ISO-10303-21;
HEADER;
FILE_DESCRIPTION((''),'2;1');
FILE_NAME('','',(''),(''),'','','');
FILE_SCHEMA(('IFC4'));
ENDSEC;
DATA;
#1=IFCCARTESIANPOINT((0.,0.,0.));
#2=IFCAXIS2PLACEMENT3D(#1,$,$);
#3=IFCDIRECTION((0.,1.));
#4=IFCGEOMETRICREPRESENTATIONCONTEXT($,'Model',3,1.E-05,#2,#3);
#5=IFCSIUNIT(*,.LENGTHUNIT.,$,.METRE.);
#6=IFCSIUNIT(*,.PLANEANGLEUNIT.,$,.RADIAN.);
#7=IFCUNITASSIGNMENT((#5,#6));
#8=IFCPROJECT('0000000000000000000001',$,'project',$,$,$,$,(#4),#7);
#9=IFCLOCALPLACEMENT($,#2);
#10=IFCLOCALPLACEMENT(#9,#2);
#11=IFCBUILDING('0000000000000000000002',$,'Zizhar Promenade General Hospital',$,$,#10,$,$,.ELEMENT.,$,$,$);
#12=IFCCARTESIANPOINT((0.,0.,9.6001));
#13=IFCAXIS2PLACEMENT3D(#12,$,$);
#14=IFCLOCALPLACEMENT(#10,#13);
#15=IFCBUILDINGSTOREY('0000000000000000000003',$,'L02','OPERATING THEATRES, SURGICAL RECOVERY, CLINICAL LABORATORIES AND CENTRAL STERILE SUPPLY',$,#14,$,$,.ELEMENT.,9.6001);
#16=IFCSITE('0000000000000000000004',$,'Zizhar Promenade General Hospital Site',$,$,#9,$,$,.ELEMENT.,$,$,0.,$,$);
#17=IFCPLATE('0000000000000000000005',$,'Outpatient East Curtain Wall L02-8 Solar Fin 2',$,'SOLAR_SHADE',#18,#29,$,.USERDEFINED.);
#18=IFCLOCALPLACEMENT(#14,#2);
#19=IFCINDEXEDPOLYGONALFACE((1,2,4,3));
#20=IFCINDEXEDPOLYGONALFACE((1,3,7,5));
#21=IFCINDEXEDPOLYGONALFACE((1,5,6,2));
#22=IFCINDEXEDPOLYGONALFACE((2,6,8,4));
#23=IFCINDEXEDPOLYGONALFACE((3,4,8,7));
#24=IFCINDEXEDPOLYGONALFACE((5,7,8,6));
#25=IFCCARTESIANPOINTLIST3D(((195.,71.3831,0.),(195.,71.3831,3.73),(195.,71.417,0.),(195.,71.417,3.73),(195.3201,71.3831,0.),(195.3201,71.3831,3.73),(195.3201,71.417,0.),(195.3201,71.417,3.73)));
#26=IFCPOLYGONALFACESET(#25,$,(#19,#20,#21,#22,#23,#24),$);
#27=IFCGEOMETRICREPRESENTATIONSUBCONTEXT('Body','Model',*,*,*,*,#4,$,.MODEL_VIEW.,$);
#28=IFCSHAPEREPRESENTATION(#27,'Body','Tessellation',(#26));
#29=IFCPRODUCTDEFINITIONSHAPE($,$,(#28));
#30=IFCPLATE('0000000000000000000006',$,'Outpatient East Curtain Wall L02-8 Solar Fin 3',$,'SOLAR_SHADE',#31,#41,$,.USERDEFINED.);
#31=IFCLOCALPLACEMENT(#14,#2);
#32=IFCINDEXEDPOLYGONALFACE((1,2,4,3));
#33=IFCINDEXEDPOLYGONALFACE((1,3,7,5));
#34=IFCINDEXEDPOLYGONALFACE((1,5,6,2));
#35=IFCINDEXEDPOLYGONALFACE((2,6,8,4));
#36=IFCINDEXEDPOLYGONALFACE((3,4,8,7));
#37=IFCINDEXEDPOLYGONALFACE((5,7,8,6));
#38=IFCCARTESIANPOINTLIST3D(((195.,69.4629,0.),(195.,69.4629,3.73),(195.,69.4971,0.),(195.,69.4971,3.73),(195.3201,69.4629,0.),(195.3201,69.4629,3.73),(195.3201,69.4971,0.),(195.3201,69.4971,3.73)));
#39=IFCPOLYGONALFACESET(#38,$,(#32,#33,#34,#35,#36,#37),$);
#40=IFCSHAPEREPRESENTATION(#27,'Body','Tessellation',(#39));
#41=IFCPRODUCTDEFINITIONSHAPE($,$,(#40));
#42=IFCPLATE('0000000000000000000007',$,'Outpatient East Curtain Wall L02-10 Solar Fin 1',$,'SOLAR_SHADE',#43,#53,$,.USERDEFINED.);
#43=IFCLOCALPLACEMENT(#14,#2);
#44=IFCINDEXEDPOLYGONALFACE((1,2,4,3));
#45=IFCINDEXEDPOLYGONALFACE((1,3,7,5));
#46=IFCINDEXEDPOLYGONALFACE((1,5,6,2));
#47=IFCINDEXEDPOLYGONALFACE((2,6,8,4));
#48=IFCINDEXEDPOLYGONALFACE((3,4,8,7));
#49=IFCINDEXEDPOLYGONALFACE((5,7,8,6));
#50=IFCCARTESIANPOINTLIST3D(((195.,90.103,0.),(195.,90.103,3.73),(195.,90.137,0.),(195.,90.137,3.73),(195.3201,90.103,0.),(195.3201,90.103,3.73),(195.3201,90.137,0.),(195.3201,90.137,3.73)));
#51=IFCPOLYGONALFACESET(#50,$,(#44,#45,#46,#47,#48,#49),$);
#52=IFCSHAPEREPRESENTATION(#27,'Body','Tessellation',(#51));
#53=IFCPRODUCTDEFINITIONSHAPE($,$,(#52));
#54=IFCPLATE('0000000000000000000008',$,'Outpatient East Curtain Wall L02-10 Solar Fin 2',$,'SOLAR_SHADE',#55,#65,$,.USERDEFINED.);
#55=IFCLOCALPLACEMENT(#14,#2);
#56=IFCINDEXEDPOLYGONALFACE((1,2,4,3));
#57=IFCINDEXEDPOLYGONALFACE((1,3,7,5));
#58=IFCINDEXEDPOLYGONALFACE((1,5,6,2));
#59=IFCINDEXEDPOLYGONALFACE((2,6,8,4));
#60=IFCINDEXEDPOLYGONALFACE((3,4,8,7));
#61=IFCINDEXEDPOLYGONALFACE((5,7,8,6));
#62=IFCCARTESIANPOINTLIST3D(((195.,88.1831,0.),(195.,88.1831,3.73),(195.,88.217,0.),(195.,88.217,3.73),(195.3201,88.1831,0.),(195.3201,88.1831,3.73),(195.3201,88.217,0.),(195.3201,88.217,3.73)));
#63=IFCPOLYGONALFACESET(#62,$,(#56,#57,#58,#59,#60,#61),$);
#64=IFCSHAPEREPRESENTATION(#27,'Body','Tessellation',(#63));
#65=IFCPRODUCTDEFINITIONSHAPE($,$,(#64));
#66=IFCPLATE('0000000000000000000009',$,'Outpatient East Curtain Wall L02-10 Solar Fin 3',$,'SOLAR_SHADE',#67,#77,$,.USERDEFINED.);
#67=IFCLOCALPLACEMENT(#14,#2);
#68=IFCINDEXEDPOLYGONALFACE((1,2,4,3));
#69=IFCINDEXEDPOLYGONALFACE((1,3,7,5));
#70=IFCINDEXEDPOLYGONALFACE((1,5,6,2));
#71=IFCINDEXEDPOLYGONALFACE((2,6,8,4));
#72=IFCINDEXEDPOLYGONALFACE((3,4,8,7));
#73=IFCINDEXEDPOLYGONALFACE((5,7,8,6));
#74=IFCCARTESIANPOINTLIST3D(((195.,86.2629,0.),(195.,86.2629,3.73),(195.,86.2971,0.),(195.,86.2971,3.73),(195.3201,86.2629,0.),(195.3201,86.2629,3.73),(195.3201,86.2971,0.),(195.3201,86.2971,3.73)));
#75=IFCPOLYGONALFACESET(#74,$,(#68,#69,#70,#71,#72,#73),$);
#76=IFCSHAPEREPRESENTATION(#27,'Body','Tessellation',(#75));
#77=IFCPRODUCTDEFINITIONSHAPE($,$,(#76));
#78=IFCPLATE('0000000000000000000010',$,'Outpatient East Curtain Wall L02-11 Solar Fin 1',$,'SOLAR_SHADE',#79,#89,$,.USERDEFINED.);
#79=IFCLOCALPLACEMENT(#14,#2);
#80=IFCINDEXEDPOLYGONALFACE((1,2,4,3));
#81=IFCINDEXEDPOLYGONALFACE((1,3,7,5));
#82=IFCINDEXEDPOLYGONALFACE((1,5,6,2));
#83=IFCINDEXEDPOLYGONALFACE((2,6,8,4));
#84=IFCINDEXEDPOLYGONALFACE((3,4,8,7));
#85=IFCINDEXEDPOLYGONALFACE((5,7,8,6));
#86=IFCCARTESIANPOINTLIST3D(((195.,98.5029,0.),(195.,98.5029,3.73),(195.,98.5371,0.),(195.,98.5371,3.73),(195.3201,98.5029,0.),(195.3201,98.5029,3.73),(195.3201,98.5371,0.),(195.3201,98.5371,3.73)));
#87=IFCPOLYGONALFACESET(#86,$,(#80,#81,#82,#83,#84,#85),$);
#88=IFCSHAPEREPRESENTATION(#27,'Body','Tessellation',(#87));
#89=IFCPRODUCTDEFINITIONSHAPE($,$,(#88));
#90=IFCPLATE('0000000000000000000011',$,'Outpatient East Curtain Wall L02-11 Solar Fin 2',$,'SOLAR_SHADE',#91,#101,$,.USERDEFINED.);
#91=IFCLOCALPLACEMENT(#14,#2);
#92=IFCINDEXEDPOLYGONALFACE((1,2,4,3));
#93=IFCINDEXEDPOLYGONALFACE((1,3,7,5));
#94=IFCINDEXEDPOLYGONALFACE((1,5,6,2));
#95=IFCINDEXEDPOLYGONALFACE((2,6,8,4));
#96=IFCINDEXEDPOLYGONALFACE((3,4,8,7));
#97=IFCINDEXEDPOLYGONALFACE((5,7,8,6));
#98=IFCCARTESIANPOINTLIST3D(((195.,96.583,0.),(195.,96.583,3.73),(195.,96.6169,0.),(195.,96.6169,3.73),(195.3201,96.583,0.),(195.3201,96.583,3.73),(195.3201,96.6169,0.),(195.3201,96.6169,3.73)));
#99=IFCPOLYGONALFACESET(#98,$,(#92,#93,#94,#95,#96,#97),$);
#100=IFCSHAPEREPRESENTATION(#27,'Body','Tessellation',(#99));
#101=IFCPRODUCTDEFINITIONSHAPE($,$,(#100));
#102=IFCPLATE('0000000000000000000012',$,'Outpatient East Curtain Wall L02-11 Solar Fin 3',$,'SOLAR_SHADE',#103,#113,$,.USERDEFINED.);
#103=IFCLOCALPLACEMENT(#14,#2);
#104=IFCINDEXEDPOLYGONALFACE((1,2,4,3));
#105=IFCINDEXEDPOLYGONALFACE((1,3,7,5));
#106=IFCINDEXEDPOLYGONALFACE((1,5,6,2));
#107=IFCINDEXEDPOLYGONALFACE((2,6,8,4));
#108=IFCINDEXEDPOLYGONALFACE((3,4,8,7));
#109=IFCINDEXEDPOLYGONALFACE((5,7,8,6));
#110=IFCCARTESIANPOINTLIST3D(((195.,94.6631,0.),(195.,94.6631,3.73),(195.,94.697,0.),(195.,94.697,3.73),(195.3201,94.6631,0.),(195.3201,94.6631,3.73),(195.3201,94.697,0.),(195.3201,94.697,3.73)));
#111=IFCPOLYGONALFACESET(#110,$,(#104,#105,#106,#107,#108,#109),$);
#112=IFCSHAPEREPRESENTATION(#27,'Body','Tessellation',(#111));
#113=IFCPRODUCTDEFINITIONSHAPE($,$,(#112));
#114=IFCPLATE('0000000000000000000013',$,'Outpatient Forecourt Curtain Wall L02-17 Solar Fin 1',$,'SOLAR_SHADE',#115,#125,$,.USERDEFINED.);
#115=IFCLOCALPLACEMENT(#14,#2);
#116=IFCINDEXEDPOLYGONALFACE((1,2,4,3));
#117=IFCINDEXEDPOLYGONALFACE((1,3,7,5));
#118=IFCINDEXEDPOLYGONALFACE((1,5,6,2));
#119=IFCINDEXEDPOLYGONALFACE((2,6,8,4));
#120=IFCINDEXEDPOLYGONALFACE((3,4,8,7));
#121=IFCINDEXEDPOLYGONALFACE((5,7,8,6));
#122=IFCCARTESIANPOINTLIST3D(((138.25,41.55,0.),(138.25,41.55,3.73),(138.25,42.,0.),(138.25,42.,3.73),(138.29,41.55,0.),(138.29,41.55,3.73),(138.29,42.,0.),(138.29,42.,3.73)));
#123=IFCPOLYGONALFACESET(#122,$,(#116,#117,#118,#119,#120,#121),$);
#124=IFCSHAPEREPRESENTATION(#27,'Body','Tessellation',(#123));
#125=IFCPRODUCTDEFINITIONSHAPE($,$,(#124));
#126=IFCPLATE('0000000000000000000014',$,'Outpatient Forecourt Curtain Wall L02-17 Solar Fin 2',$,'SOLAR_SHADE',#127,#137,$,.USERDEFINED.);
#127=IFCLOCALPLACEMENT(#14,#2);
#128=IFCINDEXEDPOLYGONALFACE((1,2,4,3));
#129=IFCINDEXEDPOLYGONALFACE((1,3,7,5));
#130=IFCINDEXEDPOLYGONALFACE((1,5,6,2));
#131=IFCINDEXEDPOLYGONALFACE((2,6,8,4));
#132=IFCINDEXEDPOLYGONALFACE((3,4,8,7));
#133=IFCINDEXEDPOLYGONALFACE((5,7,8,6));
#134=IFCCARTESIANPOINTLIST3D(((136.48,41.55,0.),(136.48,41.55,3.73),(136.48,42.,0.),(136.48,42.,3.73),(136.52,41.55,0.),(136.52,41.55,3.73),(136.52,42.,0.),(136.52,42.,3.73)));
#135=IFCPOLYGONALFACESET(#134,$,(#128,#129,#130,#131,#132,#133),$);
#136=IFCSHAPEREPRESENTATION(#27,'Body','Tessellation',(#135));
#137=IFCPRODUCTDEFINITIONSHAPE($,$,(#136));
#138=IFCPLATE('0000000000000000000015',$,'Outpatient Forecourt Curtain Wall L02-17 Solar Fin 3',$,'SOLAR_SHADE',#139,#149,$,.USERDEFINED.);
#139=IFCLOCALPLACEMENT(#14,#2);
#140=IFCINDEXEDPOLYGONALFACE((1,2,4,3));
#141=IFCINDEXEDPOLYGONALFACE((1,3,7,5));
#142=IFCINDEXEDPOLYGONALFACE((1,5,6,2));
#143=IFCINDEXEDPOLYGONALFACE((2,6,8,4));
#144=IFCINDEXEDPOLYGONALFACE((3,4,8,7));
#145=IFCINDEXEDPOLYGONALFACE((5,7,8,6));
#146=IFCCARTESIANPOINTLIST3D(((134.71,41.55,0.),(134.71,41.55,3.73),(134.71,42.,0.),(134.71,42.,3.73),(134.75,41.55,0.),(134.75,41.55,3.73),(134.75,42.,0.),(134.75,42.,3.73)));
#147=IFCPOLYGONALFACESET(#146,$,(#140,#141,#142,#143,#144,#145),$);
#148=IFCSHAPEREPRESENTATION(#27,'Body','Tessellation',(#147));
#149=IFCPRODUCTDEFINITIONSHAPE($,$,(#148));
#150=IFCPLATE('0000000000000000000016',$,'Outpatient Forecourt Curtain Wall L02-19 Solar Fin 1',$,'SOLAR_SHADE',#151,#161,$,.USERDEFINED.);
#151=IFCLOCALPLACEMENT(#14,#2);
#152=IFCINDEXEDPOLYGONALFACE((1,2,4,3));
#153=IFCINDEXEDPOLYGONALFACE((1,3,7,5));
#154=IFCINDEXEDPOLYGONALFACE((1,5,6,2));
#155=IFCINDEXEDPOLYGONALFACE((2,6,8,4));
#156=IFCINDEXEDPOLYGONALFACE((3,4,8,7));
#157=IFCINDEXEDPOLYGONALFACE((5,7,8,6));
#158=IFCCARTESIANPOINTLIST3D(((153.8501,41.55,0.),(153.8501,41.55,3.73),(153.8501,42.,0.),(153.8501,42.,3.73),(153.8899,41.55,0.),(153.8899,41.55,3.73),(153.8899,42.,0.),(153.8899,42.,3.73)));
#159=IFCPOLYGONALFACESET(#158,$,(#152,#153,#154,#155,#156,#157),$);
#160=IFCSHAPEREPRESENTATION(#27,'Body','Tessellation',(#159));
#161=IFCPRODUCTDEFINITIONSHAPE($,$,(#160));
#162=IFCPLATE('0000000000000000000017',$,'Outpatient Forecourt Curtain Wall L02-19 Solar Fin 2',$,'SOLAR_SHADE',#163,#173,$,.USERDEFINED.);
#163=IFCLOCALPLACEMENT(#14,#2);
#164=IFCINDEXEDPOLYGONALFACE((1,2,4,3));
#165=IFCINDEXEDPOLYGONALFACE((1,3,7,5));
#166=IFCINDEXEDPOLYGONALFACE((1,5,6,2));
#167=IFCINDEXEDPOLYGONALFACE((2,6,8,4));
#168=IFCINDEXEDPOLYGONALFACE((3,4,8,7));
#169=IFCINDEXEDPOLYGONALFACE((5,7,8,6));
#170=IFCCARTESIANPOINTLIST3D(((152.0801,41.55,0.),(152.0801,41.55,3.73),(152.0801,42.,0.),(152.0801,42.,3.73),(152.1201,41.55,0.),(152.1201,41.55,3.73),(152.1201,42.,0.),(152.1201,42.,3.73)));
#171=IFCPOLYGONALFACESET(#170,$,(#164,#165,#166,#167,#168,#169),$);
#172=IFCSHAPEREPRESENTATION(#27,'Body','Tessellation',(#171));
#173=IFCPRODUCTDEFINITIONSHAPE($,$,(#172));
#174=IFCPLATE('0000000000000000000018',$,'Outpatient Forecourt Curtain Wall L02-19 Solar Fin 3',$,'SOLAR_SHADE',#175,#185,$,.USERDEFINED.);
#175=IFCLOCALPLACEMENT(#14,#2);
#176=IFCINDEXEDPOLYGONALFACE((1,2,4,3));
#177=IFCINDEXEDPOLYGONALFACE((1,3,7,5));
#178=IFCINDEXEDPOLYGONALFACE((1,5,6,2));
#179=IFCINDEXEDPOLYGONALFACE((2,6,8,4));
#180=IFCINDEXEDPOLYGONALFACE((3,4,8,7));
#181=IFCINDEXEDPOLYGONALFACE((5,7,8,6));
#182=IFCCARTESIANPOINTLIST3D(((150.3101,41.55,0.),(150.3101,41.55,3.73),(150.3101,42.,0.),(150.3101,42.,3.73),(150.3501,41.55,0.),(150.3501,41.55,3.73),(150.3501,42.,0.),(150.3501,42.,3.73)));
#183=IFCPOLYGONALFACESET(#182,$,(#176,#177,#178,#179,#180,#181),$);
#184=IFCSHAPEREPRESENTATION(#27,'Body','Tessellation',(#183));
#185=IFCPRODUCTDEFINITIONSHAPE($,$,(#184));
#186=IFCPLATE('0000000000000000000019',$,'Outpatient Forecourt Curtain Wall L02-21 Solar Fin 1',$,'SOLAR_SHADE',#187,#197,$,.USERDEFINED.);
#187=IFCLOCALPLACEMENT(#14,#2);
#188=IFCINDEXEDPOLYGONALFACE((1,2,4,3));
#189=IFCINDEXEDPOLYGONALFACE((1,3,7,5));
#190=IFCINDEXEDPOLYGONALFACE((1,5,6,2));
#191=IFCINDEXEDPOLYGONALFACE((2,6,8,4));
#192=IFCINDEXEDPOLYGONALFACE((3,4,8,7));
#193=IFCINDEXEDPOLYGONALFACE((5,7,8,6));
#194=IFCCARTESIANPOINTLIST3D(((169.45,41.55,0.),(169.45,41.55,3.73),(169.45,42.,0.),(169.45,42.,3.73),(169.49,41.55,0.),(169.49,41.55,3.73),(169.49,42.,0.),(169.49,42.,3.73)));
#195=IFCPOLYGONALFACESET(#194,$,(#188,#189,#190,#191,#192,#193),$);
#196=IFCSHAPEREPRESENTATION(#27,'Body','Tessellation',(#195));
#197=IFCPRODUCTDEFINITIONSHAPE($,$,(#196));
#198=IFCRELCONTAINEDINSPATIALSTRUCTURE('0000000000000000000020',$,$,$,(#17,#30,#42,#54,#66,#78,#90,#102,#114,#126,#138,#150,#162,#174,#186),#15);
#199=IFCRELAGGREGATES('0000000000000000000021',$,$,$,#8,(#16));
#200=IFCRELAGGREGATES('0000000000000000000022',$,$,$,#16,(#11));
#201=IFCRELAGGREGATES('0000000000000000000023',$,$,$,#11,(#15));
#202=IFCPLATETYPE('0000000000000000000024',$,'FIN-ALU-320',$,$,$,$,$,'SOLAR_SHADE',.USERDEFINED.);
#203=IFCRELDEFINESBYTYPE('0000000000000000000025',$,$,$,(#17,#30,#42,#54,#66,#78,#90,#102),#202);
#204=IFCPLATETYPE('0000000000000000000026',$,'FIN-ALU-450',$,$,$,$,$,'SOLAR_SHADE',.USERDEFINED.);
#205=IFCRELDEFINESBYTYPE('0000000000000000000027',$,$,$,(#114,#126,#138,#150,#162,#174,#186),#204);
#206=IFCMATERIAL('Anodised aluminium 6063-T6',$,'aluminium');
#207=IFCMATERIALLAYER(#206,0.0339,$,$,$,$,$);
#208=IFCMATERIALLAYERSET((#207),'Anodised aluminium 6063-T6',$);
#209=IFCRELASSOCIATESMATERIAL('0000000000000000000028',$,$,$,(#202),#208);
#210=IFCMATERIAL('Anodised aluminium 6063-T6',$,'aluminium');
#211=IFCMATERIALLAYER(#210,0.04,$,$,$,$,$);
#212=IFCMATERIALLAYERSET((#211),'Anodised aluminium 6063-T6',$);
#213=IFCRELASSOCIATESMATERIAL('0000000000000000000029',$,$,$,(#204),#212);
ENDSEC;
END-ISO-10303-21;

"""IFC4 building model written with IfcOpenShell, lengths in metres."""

from ifc_helpers import new_model, si_unit, direction, frame, origin, place, context, subcontext, project, spatial, polyline, outline, extrude, material, layer, layer_set, type_object, element, save


model = new_model("IFC4")

# Units and contexts
model_context = context("Model", 3, precision=1e-05, world=origin(), true_north=direction((0.0, 1.0)))
body_context = subcontext(model_context, "Body", "Model", "MODEL_VIEW")
ifc_project = project(units=[si_unit("LENGTHUNIT", "METRE"), si_unit("PLANEANGLEUNIT", "RADIAN")], contexts=[model_context])

# Site, building, storey
site_placement = place(None, origin())
site = spatial("IfcSite", under=ifc_project, at=site_placement, Name="Zizhar Promenade General Hospital Site", CompositionType="ELEMENT", RefElevation=0.0)
building_placement = place(site_placement, origin())
building = spatial("IfcBuilding", under=site, at=building_placement, Name="Zizhar Promenade General Hospital", CompositionType="ELEMENT")
storey_placement = place(building_placement, frame((0.0, 0.0, 9.6001)))
storey = spatial("IfcBuildingStorey", under=building, at=storey_placement, Name="L02", Description="OPERATING THEATRES, SURGICAL RECOVERY, CLINICAL LABORATORIES AND CENTRAL STERILE SUPPLY", CompositionType="ELEMENT", Elevation=9.6001)

# Plates
ifc_material_1 = material(Name="Anodised aluminium 6063-T6", Category="aluminium")
ifc_layer_1 = layer(ifc_material_1, 0.0339)
ifc_layer_set_1 = layer_set([ifc_layer_1], Name="Anodised aluminium 6063-T6")
plate_type_1 = type_object("IfcPlateType", Name="FIN-ALU-320", ElementType="SOLAR_SHADE", PredefinedType="USERDEFINED", material=ifc_layer_set_1)
plate_1_placement = place(storey_placement, origin())
element("IfcPlate", 1, at=plate_1_placement, inside=storey, type_object=plate_type_1, Name="Outpatient East Curtain Wall L02-8 Solar Fin 2", ObjectType="SOLAR_SHADE", PredefinedType="USERDEFINED", context=body_context, shape_type="SweptSolid", body=[
    extrude(outline(polyline([(195.0, 71.417), (195.0, 71.3831), (195.3201, 71.3831), (195.3201, 71.417), (195.0, 71.417)])), origin(), (0.0, 0.0, 1.0), 3.73),
])
plate_2_placement = place(storey_placement, origin())
element("IfcPlate", 2, at=plate_2_placement, inside=storey, type_object=plate_type_1, Name="Outpatient East Curtain Wall L02-8 Solar Fin 3", ObjectType="SOLAR_SHADE", PredefinedType="USERDEFINED", context=body_context, shape_type="SweptSolid", body=[
    extrude(outline(polyline([(195.0, 69.4971), (195.0, 69.4629), (195.3201, 69.4629), (195.3201, 69.4971), (195.0, 69.4971)])), origin(), (0.0, 0.0, 1.0), 3.73),
])
plate_3_placement = place(storey_placement, origin())
element("IfcPlate", 3, at=plate_3_placement, inside=storey, type_object=plate_type_1, Name="Outpatient East Curtain Wall L02-10 Solar Fin 1", ObjectType="SOLAR_SHADE", PredefinedType="USERDEFINED", context=body_context, shape_type="SweptSolid", body=[
    extrude(outline(polyline([(195.0, 90.137), (195.0, 90.103), (195.3201, 90.103), (195.3201, 90.137), (195.0, 90.137)])), origin(), (0.0, 0.0, 1.0), 3.73),
])
plate_4_placement = place(storey_placement, origin())
element("IfcPlate", 4, at=plate_4_placement, inside=storey, type_object=plate_type_1, Name="Outpatient East Curtain Wall L02-10 Solar Fin 2", ObjectType="SOLAR_SHADE", PredefinedType="USERDEFINED", context=body_context, shape_type="SweptSolid", body=[
    extrude(outline(polyline([(195.0, 88.217), (195.0, 88.1831), (195.3201, 88.1831), (195.3201, 88.217), (195.0, 88.217)])), origin(), (0.0, 0.0, 1.0), 3.73),
])
plate_5_placement = place(storey_placement, origin())
element("IfcPlate", 5, at=plate_5_placement, inside=storey, type_object=plate_type_1, Name="Outpatient East Curtain Wall L02-10 Solar Fin 3", ObjectType="SOLAR_SHADE", PredefinedType="USERDEFINED", context=body_context, shape_type="SweptSolid", body=[
    extrude(outline(polyline([(195.0, 86.2971), (195.0, 86.2629), (195.3201, 86.2629), (195.3201, 86.2971), (195.0, 86.2971)])), origin(), (0.0, 0.0, 1.0), 3.73),
])
plate_6_placement = place(storey_placement, origin())
element("IfcPlate", 6, at=plate_6_placement, inside=storey, type_object=plate_type_1, Name="Outpatient East Curtain Wall L02-11 Solar Fin 1", ObjectType="SOLAR_SHADE", PredefinedType="USERDEFINED", context=body_context, shape_type="SweptSolid", body=[
    extrude(outline(polyline([(195.0, 98.5371), (195.0, 98.5029), (195.3201, 98.5029), (195.3201, 98.5371), (195.0, 98.5371)])), origin(), (0.0, 0.0, 1.0), 3.73),
])
plate_7_placement = place(storey_placement, origin())
element("IfcPlate", 7, at=plate_7_placement, inside=storey, type_object=plate_type_1, Name="Outpatient East Curtain Wall L02-11 Solar Fin 2", ObjectType="SOLAR_SHADE", PredefinedType="USERDEFINED", context=body_context, shape_type="SweptSolid", body=[
    extrude(outline(polyline([(195.0, 96.6169), (195.0, 96.583), (195.3201, 96.583), (195.3201, 96.6169), (195.0, 96.6169)])), origin(), (0.0, 0.0, 1.0), 3.73),
])
plate_8_placement = place(storey_placement, origin())
element("IfcPlate", 8, at=plate_8_placement, inside=storey, type_object=plate_type_1, Name="Outpatient East Curtain Wall L02-11 Solar Fin 3", ObjectType="SOLAR_SHADE", PredefinedType="USERDEFINED", context=body_context, shape_type="SweptSolid", body=[
    extrude(outline(polyline([(195.0, 94.697), (195.0, 94.6631), (195.3201, 94.6631), (195.3201, 94.697), (195.0, 94.697)])), origin(), (0.0, 0.0, 1.0), 3.73),
])
ifc_material_2 = material(Name="Anodised aluminium 6063-T6", Category="aluminium")
ifc_layer_2 = layer(ifc_material_2, 0.04)
ifc_layer_set_2 = layer_set([ifc_layer_2], Name="Anodised aluminium 6063-T6")
plate_type_2 = type_object("IfcPlateType", Name="FIN-ALU-450", ElementType="SOLAR_SHADE", PredefinedType="USERDEFINED", material=ifc_layer_set_2)
plate_9_placement = place(storey_placement, origin())
element("IfcPlate", 9, at=plate_9_placement, inside=storey, type_object=plate_type_2, Name="Outpatient Forecourt Curtain Wall L02-17 Solar Fin 1", ObjectType="SOLAR_SHADE", PredefinedType="USERDEFINED", context=body_context, shape_type="SweptSolid", body=[
    extrude(outline(polyline([(138.29, 42.0), (138.25, 42.0), (138.25, 41.55), (138.29, 41.55), (138.29, 42.0)])), origin(), (0.0, 0.0, 1.0), 3.73),
])
plate_10_placement = place(storey_placement, origin())
element("IfcPlate", 10, at=plate_10_placement, inside=storey, type_object=plate_type_2, Name="Outpatient Forecourt Curtain Wall L02-17 Solar Fin 2", ObjectType="SOLAR_SHADE", PredefinedType="USERDEFINED", context=body_context, shape_type="SweptSolid", body=[
    extrude(outline(polyline([(136.52, 42.0), (136.48, 42.0), (136.48, 41.55), (136.52, 41.55), (136.52, 42.0)])), origin(), (0.0, 0.0, 1.0), 3.73),
])
plate_11_placement = place(storey_placement, origin())
element("IfcPlate", 11, at=plate_11_placement, inside=storey, type_object=plate_type_2, Name="Outpatient Forecourt Curtain Wall L02-17 Solar Fin 3", ObjectType="SOLAR_SHADE", PredefinedType="USERDEFINED", context=body_context, shape_type="SweptSolid", body=[
    extrude(outline(polyline([(134.75, 42.0), (134.71, 42.0), (134.71, 41.55), (134.75, 41.55), (134.75, 42.0)])), origin(), (0.0, 0.0, 1.0), 3.73),
])
plate_12_placement = place(storey_placement, origin())
element("IfcPlate", 12, at=plate_12_placement, inside=storey, type_object=plate_type_2, Name="Outpatient Forecourt Curtain Wall L02-19 Solar Fin 1", ObjectType="SOLAR_SHADE", PredefinedType="USERDEFINED", context=body_context, shape_type="SweptSolid", body=[
    extrude(outline(polyline([(153.8899, 42.0), (153.8501, 42.0), (153.8501, 41.55), (153.8899, 41.55), (153.8899, 42.0)])), origin(), (0.0, 0.0, 1.0), 3.73),
])
plate_13_placement = place(storey_placement, origin())
element("IfcPlate", 13, at=plate_13_placement, inside=storey, type_object=plate_type_2, Name="Outpatient Forecourt Curtain Wall L02-19 Solar Fin 2", ObjectType="SOLAR_SHADE", PredefinedType="USERDEFINED", context=body_context, shape_type="SweptSolid", body=[
    extrude(outline(polyline([(152.1201, 42.0), (152.0801, 42.0), (152.0801, 41.55), (152.1201, 41.55), (152.1201, 42.0)])), origin(), (0.0, 0.0, 1.0), 3.73),
])
plate_14_placement = place(storey_placement, origin())
element("IfcPlate", 14, at=plate_14_placement, inside=storey, type_object=plate_type_2, Name="Outpatient Forecourt Curtain Wall L02-19 Solar Fin 3", ObjectType="SOLAR_SHADE", PredefinedType="USERDEFINED", context=body_context, shape_type="SweptSolid", body=[
    extrude(outline(polyline([(150.3501, 42.0), (150.3101, 42.0), (150.3101, 41.55), (150.3501, 41.55), (150.3501, 42.0)])), origin(), (0.0, 0.0, 1.0), 3.73),
])
plate_15_placement = place(storey_placement, origin())
element("IfcPlate", 15, at=plate_15_placement, inside=storey, type_object=plate_type_2, Name="Outpatient Forecourt Curtain Wall L02-21 Solar Fin 1", ObjectType="SOLAR_SHADE", PredefinedType="USERDEFINED", context=body_context, shape_type="SweptSolid", body=[
    extrude(outline(polyline([(169.49, 42.0), (169.45, 42.0), (169.45, 41.55), (169.49, 41.55), (169.49, 42.0)])), origin(), (0.0, 0.0, 1.0), 3.73),
])

save(model, "model.ifc")
